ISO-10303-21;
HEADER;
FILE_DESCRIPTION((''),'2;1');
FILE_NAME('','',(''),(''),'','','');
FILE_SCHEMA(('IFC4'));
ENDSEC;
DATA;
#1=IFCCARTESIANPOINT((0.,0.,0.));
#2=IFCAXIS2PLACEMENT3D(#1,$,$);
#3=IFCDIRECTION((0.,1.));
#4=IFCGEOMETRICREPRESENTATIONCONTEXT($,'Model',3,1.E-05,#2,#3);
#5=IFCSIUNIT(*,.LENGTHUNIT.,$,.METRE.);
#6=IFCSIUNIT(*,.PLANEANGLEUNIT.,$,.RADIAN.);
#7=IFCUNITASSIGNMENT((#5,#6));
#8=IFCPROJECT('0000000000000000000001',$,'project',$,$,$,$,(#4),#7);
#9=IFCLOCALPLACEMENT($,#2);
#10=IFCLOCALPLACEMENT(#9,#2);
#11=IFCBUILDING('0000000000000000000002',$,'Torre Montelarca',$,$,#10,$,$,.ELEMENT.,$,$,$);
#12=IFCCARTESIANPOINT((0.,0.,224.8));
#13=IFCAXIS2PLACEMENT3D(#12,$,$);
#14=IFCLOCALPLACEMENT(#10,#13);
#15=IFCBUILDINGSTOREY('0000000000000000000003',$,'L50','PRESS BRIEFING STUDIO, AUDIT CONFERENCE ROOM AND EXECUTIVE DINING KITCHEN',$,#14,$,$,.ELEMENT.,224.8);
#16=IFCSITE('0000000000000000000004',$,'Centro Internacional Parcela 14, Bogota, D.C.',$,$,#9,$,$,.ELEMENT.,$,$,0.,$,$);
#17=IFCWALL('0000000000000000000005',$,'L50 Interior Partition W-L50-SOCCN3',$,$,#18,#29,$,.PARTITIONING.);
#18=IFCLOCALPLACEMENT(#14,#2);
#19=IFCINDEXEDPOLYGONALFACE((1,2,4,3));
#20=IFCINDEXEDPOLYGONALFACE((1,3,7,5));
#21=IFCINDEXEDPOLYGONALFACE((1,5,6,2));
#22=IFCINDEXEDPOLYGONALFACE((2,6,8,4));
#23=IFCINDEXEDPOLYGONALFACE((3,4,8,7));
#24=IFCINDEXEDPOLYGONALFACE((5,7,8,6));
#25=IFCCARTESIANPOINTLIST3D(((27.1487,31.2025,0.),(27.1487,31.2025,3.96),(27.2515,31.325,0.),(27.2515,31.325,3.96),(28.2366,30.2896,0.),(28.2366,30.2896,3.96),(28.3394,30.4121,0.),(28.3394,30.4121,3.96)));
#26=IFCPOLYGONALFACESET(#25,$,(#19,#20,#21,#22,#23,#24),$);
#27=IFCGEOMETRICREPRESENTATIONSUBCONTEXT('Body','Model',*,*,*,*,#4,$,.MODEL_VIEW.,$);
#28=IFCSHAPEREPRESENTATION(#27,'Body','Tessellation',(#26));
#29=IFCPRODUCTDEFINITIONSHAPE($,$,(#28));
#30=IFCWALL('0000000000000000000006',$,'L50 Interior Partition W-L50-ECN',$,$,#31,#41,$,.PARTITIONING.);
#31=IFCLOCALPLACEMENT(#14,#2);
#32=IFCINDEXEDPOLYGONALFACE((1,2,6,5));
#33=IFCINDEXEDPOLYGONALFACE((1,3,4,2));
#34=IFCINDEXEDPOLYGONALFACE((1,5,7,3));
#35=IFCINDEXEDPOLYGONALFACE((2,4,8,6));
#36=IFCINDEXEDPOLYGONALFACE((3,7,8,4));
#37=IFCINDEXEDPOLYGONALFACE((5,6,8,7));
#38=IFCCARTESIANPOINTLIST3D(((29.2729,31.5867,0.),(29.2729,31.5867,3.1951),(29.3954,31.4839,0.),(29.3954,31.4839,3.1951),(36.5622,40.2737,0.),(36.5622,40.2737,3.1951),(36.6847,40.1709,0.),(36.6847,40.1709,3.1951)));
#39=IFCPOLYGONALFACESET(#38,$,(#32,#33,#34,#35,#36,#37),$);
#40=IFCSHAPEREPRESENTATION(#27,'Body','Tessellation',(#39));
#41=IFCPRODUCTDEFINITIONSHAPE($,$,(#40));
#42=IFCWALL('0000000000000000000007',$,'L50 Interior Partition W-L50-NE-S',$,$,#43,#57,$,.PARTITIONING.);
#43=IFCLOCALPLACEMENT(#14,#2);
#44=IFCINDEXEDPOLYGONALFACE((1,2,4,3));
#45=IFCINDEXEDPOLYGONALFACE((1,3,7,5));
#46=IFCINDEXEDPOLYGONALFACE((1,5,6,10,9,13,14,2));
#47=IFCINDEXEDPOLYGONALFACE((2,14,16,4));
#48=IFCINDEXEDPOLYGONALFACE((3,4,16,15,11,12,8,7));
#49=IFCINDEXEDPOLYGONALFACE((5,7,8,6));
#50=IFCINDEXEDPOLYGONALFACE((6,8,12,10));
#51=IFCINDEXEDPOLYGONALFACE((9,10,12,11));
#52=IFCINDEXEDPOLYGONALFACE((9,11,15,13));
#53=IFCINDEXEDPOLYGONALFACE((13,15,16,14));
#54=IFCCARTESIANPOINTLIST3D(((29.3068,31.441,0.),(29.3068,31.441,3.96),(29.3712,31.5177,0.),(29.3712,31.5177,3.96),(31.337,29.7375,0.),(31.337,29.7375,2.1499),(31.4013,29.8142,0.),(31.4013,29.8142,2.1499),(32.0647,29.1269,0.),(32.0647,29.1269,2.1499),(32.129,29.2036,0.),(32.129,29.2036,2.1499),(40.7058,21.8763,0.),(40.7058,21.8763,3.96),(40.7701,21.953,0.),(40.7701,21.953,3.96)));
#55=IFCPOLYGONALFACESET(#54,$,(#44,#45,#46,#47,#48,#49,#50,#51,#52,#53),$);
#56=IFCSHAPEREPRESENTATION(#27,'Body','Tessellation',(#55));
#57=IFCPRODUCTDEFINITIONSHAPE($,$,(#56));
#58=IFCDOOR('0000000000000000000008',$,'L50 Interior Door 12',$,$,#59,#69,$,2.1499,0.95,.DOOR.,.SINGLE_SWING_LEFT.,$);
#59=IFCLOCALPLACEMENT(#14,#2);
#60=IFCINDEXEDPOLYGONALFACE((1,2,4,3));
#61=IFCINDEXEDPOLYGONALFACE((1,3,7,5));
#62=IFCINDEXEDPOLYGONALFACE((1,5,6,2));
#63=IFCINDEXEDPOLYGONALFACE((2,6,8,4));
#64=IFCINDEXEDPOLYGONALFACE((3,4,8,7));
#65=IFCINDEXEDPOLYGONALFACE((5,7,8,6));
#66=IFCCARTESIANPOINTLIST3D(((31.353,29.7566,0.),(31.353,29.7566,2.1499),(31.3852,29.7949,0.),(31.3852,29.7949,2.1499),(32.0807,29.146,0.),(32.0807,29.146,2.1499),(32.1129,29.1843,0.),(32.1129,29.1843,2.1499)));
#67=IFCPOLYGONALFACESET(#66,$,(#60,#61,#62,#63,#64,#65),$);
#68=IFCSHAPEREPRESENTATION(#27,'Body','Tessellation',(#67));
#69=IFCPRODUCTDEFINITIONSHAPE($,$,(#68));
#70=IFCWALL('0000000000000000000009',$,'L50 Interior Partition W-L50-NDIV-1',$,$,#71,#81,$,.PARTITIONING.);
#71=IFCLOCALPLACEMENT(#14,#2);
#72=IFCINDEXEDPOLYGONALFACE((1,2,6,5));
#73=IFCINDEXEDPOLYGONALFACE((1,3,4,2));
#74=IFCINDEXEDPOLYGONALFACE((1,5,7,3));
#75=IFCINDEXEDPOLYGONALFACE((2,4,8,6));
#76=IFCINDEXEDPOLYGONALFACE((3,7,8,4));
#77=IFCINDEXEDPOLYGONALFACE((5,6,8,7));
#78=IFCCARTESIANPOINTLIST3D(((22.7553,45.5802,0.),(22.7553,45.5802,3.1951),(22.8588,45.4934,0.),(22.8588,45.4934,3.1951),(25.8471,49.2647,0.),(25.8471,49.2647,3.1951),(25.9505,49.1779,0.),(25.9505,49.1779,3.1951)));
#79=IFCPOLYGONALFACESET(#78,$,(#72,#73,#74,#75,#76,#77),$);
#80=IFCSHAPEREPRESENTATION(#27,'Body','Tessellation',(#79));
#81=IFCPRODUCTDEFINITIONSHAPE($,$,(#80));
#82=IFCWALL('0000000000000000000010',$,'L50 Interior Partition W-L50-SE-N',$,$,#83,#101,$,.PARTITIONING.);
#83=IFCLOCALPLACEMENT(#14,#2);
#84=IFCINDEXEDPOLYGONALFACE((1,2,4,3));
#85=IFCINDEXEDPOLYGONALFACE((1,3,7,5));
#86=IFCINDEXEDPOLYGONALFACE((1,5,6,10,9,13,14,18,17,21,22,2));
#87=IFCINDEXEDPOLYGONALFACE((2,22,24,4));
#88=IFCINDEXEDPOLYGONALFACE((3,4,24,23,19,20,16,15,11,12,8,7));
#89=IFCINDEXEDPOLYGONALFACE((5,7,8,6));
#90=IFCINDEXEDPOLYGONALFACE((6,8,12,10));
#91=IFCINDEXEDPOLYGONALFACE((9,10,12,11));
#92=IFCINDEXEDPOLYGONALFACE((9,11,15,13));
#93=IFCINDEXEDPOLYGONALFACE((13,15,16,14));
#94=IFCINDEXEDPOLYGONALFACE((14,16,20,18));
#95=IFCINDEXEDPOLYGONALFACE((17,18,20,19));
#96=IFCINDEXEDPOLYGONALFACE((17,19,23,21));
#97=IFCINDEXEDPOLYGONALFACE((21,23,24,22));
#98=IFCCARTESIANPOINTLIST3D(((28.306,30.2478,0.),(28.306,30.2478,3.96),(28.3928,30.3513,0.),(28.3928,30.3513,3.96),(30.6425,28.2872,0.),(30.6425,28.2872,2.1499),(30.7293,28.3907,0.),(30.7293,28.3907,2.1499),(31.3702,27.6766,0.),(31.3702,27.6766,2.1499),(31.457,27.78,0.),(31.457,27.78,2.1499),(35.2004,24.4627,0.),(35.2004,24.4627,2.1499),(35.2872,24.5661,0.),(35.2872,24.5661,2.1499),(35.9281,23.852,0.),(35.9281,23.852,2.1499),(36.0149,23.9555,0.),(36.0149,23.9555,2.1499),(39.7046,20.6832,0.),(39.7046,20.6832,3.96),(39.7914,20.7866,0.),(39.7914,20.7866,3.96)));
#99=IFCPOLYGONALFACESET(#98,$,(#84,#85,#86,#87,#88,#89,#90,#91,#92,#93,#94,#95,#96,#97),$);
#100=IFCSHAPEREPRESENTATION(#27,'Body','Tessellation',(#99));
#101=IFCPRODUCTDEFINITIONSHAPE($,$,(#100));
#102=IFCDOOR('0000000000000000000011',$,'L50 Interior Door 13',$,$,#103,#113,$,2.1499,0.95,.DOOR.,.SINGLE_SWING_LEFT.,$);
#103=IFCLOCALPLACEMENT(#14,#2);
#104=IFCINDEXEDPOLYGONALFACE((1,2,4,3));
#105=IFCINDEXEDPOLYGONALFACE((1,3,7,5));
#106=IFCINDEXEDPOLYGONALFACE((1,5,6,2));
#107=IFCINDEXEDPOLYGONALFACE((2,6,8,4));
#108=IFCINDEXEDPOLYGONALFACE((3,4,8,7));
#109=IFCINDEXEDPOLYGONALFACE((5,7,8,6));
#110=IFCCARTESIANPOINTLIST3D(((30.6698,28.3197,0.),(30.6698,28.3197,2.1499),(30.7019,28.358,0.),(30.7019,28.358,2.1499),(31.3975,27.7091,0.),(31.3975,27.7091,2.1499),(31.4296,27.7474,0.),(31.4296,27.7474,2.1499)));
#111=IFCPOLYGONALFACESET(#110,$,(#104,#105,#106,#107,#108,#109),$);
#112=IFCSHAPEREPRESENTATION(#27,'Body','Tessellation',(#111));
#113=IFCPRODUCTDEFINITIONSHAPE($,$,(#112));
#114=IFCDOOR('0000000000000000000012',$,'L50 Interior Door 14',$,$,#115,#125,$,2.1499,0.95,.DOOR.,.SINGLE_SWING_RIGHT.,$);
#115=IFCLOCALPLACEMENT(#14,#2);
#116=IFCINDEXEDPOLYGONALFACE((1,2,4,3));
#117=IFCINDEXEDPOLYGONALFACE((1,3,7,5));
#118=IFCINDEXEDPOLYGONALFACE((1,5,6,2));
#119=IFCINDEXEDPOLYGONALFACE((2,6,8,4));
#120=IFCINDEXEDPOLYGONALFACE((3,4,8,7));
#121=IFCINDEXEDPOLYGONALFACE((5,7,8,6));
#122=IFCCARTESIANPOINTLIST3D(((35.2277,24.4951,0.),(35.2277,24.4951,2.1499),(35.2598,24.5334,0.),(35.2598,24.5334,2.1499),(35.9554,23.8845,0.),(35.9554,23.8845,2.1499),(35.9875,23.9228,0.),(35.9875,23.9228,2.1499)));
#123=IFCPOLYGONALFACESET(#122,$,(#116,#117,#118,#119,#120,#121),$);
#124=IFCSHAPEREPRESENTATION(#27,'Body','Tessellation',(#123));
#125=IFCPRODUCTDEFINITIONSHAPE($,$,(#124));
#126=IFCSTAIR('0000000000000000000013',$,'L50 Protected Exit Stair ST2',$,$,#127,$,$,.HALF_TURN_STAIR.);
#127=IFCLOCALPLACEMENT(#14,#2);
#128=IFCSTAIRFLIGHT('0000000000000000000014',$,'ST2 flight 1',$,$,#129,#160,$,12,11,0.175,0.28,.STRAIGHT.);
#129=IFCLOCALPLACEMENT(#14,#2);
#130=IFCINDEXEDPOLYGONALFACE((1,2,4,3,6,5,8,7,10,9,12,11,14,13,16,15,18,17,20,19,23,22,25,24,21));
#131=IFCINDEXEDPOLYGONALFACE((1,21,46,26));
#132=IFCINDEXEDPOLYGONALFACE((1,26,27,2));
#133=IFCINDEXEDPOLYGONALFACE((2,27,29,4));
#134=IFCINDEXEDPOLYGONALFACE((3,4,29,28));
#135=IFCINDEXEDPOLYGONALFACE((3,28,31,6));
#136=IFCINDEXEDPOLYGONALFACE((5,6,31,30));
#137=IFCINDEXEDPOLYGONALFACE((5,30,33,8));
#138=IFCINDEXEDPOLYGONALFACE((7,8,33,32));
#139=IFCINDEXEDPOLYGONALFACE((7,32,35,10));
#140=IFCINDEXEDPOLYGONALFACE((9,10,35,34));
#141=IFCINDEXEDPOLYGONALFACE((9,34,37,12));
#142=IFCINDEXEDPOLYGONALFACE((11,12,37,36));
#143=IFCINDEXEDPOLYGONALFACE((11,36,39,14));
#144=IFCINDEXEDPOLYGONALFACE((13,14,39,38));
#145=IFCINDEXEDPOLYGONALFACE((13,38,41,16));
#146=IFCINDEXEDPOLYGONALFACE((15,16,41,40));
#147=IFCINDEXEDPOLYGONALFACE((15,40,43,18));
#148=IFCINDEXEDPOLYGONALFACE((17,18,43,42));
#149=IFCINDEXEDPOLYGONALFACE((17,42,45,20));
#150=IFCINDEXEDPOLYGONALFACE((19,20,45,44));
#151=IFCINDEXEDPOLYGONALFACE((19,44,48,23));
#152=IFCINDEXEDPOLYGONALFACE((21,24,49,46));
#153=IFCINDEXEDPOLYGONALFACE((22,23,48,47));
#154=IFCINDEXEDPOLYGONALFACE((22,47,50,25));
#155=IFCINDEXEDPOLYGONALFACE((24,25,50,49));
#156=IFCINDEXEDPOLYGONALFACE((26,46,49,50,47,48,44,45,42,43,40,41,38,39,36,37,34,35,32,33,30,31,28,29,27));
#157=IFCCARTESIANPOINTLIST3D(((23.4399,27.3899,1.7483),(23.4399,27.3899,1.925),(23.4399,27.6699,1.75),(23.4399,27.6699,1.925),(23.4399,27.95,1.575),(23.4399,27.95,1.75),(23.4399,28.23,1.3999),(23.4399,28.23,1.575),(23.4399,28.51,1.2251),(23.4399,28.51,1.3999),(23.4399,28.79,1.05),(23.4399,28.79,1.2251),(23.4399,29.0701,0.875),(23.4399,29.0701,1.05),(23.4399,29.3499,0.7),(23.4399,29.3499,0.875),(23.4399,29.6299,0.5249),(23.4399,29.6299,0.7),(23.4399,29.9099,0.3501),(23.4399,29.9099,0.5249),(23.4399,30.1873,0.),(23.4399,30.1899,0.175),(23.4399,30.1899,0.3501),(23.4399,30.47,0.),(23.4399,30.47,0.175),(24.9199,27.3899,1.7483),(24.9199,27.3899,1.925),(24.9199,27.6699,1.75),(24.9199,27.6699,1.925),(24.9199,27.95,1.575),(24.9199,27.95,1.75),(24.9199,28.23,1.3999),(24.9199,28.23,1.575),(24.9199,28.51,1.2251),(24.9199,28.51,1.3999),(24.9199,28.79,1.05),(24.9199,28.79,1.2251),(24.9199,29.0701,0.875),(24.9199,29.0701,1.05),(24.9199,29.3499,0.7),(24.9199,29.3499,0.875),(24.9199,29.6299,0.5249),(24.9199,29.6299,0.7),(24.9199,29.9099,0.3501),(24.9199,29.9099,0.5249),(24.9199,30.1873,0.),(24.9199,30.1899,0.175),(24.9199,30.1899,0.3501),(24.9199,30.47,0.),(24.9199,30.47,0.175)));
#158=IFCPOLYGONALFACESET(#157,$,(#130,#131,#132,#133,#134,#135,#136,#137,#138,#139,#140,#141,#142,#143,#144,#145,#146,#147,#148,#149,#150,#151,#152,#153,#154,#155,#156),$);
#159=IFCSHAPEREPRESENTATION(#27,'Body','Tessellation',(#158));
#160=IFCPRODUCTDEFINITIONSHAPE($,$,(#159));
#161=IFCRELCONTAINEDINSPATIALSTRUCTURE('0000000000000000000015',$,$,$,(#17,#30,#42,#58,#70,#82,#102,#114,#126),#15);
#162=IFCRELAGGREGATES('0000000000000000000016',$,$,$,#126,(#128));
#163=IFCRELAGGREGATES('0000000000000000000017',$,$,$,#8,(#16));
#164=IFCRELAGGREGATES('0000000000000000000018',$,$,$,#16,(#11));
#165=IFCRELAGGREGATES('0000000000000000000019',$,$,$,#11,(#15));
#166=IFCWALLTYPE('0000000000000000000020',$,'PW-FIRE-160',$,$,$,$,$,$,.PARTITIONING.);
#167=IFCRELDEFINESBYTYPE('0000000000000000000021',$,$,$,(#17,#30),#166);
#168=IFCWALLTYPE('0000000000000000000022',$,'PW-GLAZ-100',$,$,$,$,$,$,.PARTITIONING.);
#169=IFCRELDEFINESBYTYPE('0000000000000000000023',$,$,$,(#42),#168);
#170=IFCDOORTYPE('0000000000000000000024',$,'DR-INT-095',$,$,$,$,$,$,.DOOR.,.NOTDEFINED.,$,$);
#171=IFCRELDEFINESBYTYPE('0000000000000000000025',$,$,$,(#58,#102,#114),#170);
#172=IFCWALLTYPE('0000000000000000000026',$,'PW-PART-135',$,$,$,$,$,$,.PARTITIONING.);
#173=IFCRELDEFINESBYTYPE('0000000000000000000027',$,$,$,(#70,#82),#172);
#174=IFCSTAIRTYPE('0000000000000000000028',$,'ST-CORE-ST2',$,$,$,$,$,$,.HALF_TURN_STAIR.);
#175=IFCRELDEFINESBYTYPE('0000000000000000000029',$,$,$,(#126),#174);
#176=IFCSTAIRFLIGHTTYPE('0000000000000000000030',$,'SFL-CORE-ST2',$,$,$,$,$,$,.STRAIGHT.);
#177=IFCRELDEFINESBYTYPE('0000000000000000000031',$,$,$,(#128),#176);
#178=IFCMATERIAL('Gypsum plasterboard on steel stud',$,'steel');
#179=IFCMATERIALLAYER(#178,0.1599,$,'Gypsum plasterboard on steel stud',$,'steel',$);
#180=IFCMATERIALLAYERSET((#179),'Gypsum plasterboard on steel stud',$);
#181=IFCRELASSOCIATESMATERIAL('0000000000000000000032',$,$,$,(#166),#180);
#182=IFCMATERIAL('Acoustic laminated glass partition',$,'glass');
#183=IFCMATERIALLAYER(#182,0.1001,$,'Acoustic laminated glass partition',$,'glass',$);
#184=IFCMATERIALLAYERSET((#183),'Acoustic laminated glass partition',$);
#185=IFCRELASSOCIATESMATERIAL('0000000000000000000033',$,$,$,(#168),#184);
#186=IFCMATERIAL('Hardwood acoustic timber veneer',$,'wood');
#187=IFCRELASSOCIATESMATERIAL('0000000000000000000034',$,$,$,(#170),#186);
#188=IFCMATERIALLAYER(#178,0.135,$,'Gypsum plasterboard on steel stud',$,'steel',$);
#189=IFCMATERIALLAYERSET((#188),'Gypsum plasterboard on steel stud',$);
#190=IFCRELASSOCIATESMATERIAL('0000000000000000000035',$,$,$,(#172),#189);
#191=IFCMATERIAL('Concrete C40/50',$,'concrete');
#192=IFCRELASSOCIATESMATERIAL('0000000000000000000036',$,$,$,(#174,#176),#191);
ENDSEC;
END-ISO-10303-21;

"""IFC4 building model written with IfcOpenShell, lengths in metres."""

from ifc_helpers import new_model, si_unit, direction, frame, frame_2d, origin, place, context, subcontext, project, spatial, polyline, rectangle, outline, extrude, source, transform, mapped, material, layer, layer_set, type_object, element, fill, aggregate, save


model = new_model("IFC4")

# Units and contexts
model_context = context("Model", 3, precision=1e-05, world=origin(), true_north=direction((0.0, 1.0)))
body_context = subcontext(model_context, "Body", "Model", "MODEL_VIEW")
ifc_project = project(units=[si_unit("LENGTHUNIT", "METRE"), si_unit("PLANEANGLEUNIT", "RADIAN")], contexts=[model_context])

# Site, building, storey
site_placement = place(None, origin())
site = spatial("IfcSite", under=ifc_project, at=site_placement, Name="Centro Internacional Parcela 14, Bogota, D.C.", CompositionType="ELEMENT", RefElevation=0.0)
building_placement = place(site_placement, origin())
building = spatial("IfcBuilding", under=site, at=building_placement, Name="Torre Montelarca", CompositionType="ELEMENT")
storey_placement = place(building_placement, frame((0.0, 0.0, 224.8)))
storey = spatial("IfcBuildingStorey", under=building, at=storey_placement, Name="L50", Description="PRESS BRIEFING STUDIO, AUDIT CONFERENCE ROOM AND EXECUTIVE DINING KITCHEN", CompositionType="ELEMENT", Elevation=224.8)

# Shared definitions
ifc_material_1 = material(Name="Concrete C40/50", Category="concrete")

# Walls
ifc_material_2 = material(Name="Gypsum plasterboard on steel stud", Category="steel")
ifc_layer_1 = layer(ifc_material_2, 0.1599, Name="Gypsum plasterboard on steel stud", Category="steel")
ifc_layer_set_1 = layer_set([ifc_layer_1], Name="Gypsum plasterboard on steel stud")
wall_type_1 = type_object("IfcWallType", Name="PW-FIRE-160", PredefinedType="PARTITIONING", material=ifc_layer_set_1)
wall_1_placement = place(storey_placement, frame((27.2002, 31.2637, 0.0), z_axis=(0.0, 0.0, 1.0), x_axis=(0.766047, -0.642785, 0.0)))
element("IfcWall", 1, at=wall_1_placement, inside=storey, type_object=wall_type_1, Name="L50 Interior Partition W-L50-SOCCN3", PredefinedType="PARTITIONING", context=body_context, shape_type="SweptSolid", body=[
    extrude(rectangle(XDim=1.4202, YDim=0.1599, at=frame_2d((0.71, 0.0))), origin(), (0.0, 0.0, 1.0), 3.96),
])
wall_2_placement = place(storey_placement, frame((29.3342, 31.5354, 0.0), z_axis=(0.0, 0.0, 1.0), x_axis=(0.64279, 0.766043, 0.0)))
element("IfcWall", 2, at=wall_2_placement, inside=storey, type_object=wall_type_1, Name="L50 Interior Partition W-L50-ECN", PredefinedType="PARTITIONING", context=body_context, shape_type="SweptSolid", body=[
    extrude(rectangle(XDim=11.3401, YDim=0.1599, at=frame_2d((5.6699, 0.0))), origin(), (0.0, 0.0, 1.0), 3.1951),
])

# Wall, opening, door
ifc_material_3 = material(Name="Acoustic laminated glass partition", Category="glass")
ifc_layer_2 = layer(ifc_material_3, 0.1001, Name="Acoustic laminated glass partition", Category="glass")
ifc_layer_set_2 = layer_set([ifc_layer_2], Name="Acoustic laminated glass partition")
wall_type_2 = type_object("IfcWallType", Name="PW-GLAZ-100", PredefinedType="PARTITIONING", material=ifc_layer_set_2)
wall_3_placement = place(storey_placement, frame((29.3391, 31.4792, 0.0), z_axis=(0.0, 0.0, 1.0), x_axis=(0.766049, -0.642782, 0.0)))
wall_3 = element("IfcWall", 3, at=wall_3_placement, inside=storey, type_object=wall_type_2, Name="L50 Interior Partition W-L50-NE-S", PredefinedType="PARTITIONING", context=body_context, shape_type="SweptSolid", body=[
    extrude(rectangle(XDim=14.8801, YDim=0.1001, at=frame_2d((7.4399, 0.0))), origin(), (0.0, 0.0, 1.0), 3.96),
])
opening_1_placement = place(wall_3_placement, frame((2.6499, 0.0, 0.0)))
opening_1 = element("IfcOpeningElement", 4, at=opening_1_placement, cuts=wall_3, PredefinedType="OPENING", context=body_context, shape_type="SweptSolid", body=[
    extrude(rectangle(XDim=0.95, YDim=2.1499, at=frame_2d((0.4751, 1.075))), frame((0.0, 0.0601, 0.0), z_axis=(0.0, -1.0, 0.0), x_axis=(1.0, 0.0, 0.0)), (0.0, 0.0, 1.0), 0.1201),
])
ifc_material_4 = material(Name="Hardwood acoustic timber veneer", Category="wood")
door_type_1 = type_object("IfcDoorType", Name="DR-INT-095", OperationType="NOTDEFINED", PredefinedType="DOOR", material=ifc_material_4)
shared_shape_1 = source(origin(), body_context, "Body", "SweptSolid", [
    extrude(rectangle(XDim=0.95, YDim=2.1499, at=frame_2d((0.4751, 1.075))), frame((0.0, 0.0249, 0.0), z_axis=(0.0, -1.0, 0.0), x_axis=(1.0, 0.0, 0.0)), (0.0, 0.0, 1.0), 0.05),
])
door_1_placement = place(opening_1_placement, origin())
door_1 = element("IfcDoor", 5, at=door_1_placement, inside=storey, type_object=door_type_1, Name="L50 Interior Door 12", OperationType="SINGLE_SWING_LEFT", OverallHeight=2.1499, OverallWidth=0.95, PredefinedType="DOOR", context=body_context, shape_type="MappedRepresentation", body=[
    mapped(shared_shape_1, transform((0.0, 0.0, 0.0), scale=1.0)),
])
fill(opening_1, door_1)

# Wall
ifc_layer_3 = layer(ifc_material_2, 0.135, Name="Gypsum plasterboard on steel stud", Category="steel")
ifc_layer_set_3 = layer_set([ifc_layer_3], Name="Gypsum plasterboard on steel stud")
wall_type_3 = type_object("IfcWallType", Name="PW-PART-135", PredefinedType="PARTITIONING", material=ifc_layer_set_3)
wall_4_placement = place(storey_placement, frame((22.8071, 45.5369, 0.0), z_axis=(0.0, 0.0, 1.0), x_axis=(0.642797, 0.766037, 0.0)))
element("IfcWall", 6, at=wall_4_placement, inside=storey, type_object=wall_type_3, Name="L50 Interior Partition W-L50-NDIV-1", PredefinedType="PARTITIONING", context=body_context, shape_type="SweptSolid", body=[
    extrude(rectangle(XDim=4.8098, YDim=0.135, at=frame_2d((2.4048, 0.0))), origin(), (0.0, 0.0, 1.0), 3.1951),
])

# Wall, openings, doors
wall_5_placement = place(storey_placement, frame((28.3494, 30.2996, 0.0), z_axis=(0.0, 0.0, 1.0), x_axis=(0.766042, -0.64279, 0.0)))
wall_5 = element("IfcWall", 7, at=wall_5_placement, inside=storey, type_object=wall_type_3, Name="L50 Interior Partition W-L50-SE-N", PredefinedType="PARTITIONING", context=body_context, shape_type="SweptSolid", body=[
    extrude(rectangle(XDim=14.8799, YDim=0.135, at=frame_2d((7.4399, 0.0))), origin(), (0.0, 0.0, 1.0), 3.96),
])
opening_2_placement = place(wall_5_placement, frame((3.05, 0.0, 0.0)))
opening_2 = element("IfcOpeningElement", 8, at=opening_2_placement, cuts=wall_5, PredefinedType="OPENING", context=body_context, shape_type="SweptSolid", body=[
    extrude(rectangle(XDim=0.95, YDim=2.1499, at=frame_2d((0.4751, 1.075))), frame((0.0, 0.0776, 0.0), z_axis=(0.0, -1.0, 0.0), x_axis=(1.0, 0.0, 0.0)), (0.0, 0.0, 1.0), 0.155),
])
opening_3_placement = place(wall_5_placement, frame((9.0, 0.0, 0.0)))
opening_3 = element("IfcOpeningElement", 9, at=opening_3_placement, cuts=wall_5, PredefinedType="OPENING", context=body_context, shape_type="SweptSolid", body=[
    extrude(rectangle(XDim=0.95, YDim=2.1499, at=frame_2d((0.4751, 1.075))), frame((0.0, 0.0776, 0.0), z_axis=(0.0, -1.0, 0.0), x_axis=(1.0, 0.0, 0.0)), (0.0, 0.0, 1.0), 0.155),
])
door_2_placement = place(opening_2_placement, origin())
door_2 = element("IfcDoor", 10, at=door_2_placement, inside=storey, type_object=door_type_1, Name="L50 Interior Door 13", OperationType="SINGLE_SWING_LEFT", OverallHeight=2.1499, OverallWidth=0.95, PredefinedType="DOOR", context=body_context, shape_type="MappedRepresentation", body=[
    mapped(shared_shape_1, transform((0.0, 0.0, 0.0), scale=1.0)),
])
fill(opening_2, door_2)
door_3_placement = place(opening_3_placement, origin())
door_3 = element("IfcDoor", 11, at=door_3_placement, inside=storey, type_object=door_type_1, Name="L50 Interior Door 14", OperationType="SINGLE_SWING_RIGHT", OverallHeight=2.1499, OverallWidth=0.95, PredefinedType="DOOR", context=body_context, shape_type="MappedRepresentation", body=[
    mapped(shared_shape_1, transform((0.0, 0.0, 0.0), scale=1.0)),
])
fill(opening_3, door_3)

# Stair, stair flight
stair_type = type_object("IfcStairType", Name="ST-CORE-ST2", PredefinedType="HALF_TURN_STAIR", material=ifc_material_1)
stair_placement = place(storey_placement, origin())
stair = element("IfcStair", 12, at=stair_placement, inside=storey, type_object=stair_type, Name="L50 Protected Exit Stair ST2", PredefinedType="HALF_TURN_STAIR")
stair_flight_type = type_object("IfcStairFlightType", Name="SFL-CORE-ST2", PredefinedType="STRAIGHT", material=ifc_material_1)
stair_flight_placement = place(storey_placement, frame((24.1799, 30.47, 0.0), z_axis=(0.0, 0.0, 1.0), x_axis=(0.0, -1.0, 0.0)))
stair_flight = element("IfcStairFlight", 13, at=stair_flight_placement, type_object=stair_flight_type, Name="ST2 flight 1", NumberOfRisers=12, NumberOfTreads=11, PredefinedType="STRAIGHT", RiserHeight=0.175, TreadLength=0.28, context=body_context, shape_type="SweptSolid", body=[
    extrude(outline(polyline([(0.0, 0.0), (0.0, 0.175), (0.28, 0.175), (0.28, 0.3501), (0.5601, 0.3501), (0.5601, 0.5249), (0.8401, 0.5249), (0.8401, 0.7), (1.1201, 0.7), (1.1201, 0.875), (1.3999, 0.875), (1.3999, 1.05), (1.6799, 1.05), (1.6799, 1.2251), (1.96, 1.2251), (1.96, 1.3999), (2.24, 1.3999), (2.24, 1.575), (2.52, 1.575), (2.52, 1.75), (2.8, 1.75), (2.8, 1.925), (3.0801, 1.925), (3.0801, 2.1001), (3.0801, 1.7483), (0.2827, 0.0), (0.0, 0.0)])), frame((0.0, 0.74, 0.0), z_axis=(0.0, -1.0, 0.0), x_axis=(1.0, 0.0, 0.0)), (0.0, 0.0, 1.0), 1.48),
])
aggregate(stair, [stair_flight])

save(model, "model.ifc")
